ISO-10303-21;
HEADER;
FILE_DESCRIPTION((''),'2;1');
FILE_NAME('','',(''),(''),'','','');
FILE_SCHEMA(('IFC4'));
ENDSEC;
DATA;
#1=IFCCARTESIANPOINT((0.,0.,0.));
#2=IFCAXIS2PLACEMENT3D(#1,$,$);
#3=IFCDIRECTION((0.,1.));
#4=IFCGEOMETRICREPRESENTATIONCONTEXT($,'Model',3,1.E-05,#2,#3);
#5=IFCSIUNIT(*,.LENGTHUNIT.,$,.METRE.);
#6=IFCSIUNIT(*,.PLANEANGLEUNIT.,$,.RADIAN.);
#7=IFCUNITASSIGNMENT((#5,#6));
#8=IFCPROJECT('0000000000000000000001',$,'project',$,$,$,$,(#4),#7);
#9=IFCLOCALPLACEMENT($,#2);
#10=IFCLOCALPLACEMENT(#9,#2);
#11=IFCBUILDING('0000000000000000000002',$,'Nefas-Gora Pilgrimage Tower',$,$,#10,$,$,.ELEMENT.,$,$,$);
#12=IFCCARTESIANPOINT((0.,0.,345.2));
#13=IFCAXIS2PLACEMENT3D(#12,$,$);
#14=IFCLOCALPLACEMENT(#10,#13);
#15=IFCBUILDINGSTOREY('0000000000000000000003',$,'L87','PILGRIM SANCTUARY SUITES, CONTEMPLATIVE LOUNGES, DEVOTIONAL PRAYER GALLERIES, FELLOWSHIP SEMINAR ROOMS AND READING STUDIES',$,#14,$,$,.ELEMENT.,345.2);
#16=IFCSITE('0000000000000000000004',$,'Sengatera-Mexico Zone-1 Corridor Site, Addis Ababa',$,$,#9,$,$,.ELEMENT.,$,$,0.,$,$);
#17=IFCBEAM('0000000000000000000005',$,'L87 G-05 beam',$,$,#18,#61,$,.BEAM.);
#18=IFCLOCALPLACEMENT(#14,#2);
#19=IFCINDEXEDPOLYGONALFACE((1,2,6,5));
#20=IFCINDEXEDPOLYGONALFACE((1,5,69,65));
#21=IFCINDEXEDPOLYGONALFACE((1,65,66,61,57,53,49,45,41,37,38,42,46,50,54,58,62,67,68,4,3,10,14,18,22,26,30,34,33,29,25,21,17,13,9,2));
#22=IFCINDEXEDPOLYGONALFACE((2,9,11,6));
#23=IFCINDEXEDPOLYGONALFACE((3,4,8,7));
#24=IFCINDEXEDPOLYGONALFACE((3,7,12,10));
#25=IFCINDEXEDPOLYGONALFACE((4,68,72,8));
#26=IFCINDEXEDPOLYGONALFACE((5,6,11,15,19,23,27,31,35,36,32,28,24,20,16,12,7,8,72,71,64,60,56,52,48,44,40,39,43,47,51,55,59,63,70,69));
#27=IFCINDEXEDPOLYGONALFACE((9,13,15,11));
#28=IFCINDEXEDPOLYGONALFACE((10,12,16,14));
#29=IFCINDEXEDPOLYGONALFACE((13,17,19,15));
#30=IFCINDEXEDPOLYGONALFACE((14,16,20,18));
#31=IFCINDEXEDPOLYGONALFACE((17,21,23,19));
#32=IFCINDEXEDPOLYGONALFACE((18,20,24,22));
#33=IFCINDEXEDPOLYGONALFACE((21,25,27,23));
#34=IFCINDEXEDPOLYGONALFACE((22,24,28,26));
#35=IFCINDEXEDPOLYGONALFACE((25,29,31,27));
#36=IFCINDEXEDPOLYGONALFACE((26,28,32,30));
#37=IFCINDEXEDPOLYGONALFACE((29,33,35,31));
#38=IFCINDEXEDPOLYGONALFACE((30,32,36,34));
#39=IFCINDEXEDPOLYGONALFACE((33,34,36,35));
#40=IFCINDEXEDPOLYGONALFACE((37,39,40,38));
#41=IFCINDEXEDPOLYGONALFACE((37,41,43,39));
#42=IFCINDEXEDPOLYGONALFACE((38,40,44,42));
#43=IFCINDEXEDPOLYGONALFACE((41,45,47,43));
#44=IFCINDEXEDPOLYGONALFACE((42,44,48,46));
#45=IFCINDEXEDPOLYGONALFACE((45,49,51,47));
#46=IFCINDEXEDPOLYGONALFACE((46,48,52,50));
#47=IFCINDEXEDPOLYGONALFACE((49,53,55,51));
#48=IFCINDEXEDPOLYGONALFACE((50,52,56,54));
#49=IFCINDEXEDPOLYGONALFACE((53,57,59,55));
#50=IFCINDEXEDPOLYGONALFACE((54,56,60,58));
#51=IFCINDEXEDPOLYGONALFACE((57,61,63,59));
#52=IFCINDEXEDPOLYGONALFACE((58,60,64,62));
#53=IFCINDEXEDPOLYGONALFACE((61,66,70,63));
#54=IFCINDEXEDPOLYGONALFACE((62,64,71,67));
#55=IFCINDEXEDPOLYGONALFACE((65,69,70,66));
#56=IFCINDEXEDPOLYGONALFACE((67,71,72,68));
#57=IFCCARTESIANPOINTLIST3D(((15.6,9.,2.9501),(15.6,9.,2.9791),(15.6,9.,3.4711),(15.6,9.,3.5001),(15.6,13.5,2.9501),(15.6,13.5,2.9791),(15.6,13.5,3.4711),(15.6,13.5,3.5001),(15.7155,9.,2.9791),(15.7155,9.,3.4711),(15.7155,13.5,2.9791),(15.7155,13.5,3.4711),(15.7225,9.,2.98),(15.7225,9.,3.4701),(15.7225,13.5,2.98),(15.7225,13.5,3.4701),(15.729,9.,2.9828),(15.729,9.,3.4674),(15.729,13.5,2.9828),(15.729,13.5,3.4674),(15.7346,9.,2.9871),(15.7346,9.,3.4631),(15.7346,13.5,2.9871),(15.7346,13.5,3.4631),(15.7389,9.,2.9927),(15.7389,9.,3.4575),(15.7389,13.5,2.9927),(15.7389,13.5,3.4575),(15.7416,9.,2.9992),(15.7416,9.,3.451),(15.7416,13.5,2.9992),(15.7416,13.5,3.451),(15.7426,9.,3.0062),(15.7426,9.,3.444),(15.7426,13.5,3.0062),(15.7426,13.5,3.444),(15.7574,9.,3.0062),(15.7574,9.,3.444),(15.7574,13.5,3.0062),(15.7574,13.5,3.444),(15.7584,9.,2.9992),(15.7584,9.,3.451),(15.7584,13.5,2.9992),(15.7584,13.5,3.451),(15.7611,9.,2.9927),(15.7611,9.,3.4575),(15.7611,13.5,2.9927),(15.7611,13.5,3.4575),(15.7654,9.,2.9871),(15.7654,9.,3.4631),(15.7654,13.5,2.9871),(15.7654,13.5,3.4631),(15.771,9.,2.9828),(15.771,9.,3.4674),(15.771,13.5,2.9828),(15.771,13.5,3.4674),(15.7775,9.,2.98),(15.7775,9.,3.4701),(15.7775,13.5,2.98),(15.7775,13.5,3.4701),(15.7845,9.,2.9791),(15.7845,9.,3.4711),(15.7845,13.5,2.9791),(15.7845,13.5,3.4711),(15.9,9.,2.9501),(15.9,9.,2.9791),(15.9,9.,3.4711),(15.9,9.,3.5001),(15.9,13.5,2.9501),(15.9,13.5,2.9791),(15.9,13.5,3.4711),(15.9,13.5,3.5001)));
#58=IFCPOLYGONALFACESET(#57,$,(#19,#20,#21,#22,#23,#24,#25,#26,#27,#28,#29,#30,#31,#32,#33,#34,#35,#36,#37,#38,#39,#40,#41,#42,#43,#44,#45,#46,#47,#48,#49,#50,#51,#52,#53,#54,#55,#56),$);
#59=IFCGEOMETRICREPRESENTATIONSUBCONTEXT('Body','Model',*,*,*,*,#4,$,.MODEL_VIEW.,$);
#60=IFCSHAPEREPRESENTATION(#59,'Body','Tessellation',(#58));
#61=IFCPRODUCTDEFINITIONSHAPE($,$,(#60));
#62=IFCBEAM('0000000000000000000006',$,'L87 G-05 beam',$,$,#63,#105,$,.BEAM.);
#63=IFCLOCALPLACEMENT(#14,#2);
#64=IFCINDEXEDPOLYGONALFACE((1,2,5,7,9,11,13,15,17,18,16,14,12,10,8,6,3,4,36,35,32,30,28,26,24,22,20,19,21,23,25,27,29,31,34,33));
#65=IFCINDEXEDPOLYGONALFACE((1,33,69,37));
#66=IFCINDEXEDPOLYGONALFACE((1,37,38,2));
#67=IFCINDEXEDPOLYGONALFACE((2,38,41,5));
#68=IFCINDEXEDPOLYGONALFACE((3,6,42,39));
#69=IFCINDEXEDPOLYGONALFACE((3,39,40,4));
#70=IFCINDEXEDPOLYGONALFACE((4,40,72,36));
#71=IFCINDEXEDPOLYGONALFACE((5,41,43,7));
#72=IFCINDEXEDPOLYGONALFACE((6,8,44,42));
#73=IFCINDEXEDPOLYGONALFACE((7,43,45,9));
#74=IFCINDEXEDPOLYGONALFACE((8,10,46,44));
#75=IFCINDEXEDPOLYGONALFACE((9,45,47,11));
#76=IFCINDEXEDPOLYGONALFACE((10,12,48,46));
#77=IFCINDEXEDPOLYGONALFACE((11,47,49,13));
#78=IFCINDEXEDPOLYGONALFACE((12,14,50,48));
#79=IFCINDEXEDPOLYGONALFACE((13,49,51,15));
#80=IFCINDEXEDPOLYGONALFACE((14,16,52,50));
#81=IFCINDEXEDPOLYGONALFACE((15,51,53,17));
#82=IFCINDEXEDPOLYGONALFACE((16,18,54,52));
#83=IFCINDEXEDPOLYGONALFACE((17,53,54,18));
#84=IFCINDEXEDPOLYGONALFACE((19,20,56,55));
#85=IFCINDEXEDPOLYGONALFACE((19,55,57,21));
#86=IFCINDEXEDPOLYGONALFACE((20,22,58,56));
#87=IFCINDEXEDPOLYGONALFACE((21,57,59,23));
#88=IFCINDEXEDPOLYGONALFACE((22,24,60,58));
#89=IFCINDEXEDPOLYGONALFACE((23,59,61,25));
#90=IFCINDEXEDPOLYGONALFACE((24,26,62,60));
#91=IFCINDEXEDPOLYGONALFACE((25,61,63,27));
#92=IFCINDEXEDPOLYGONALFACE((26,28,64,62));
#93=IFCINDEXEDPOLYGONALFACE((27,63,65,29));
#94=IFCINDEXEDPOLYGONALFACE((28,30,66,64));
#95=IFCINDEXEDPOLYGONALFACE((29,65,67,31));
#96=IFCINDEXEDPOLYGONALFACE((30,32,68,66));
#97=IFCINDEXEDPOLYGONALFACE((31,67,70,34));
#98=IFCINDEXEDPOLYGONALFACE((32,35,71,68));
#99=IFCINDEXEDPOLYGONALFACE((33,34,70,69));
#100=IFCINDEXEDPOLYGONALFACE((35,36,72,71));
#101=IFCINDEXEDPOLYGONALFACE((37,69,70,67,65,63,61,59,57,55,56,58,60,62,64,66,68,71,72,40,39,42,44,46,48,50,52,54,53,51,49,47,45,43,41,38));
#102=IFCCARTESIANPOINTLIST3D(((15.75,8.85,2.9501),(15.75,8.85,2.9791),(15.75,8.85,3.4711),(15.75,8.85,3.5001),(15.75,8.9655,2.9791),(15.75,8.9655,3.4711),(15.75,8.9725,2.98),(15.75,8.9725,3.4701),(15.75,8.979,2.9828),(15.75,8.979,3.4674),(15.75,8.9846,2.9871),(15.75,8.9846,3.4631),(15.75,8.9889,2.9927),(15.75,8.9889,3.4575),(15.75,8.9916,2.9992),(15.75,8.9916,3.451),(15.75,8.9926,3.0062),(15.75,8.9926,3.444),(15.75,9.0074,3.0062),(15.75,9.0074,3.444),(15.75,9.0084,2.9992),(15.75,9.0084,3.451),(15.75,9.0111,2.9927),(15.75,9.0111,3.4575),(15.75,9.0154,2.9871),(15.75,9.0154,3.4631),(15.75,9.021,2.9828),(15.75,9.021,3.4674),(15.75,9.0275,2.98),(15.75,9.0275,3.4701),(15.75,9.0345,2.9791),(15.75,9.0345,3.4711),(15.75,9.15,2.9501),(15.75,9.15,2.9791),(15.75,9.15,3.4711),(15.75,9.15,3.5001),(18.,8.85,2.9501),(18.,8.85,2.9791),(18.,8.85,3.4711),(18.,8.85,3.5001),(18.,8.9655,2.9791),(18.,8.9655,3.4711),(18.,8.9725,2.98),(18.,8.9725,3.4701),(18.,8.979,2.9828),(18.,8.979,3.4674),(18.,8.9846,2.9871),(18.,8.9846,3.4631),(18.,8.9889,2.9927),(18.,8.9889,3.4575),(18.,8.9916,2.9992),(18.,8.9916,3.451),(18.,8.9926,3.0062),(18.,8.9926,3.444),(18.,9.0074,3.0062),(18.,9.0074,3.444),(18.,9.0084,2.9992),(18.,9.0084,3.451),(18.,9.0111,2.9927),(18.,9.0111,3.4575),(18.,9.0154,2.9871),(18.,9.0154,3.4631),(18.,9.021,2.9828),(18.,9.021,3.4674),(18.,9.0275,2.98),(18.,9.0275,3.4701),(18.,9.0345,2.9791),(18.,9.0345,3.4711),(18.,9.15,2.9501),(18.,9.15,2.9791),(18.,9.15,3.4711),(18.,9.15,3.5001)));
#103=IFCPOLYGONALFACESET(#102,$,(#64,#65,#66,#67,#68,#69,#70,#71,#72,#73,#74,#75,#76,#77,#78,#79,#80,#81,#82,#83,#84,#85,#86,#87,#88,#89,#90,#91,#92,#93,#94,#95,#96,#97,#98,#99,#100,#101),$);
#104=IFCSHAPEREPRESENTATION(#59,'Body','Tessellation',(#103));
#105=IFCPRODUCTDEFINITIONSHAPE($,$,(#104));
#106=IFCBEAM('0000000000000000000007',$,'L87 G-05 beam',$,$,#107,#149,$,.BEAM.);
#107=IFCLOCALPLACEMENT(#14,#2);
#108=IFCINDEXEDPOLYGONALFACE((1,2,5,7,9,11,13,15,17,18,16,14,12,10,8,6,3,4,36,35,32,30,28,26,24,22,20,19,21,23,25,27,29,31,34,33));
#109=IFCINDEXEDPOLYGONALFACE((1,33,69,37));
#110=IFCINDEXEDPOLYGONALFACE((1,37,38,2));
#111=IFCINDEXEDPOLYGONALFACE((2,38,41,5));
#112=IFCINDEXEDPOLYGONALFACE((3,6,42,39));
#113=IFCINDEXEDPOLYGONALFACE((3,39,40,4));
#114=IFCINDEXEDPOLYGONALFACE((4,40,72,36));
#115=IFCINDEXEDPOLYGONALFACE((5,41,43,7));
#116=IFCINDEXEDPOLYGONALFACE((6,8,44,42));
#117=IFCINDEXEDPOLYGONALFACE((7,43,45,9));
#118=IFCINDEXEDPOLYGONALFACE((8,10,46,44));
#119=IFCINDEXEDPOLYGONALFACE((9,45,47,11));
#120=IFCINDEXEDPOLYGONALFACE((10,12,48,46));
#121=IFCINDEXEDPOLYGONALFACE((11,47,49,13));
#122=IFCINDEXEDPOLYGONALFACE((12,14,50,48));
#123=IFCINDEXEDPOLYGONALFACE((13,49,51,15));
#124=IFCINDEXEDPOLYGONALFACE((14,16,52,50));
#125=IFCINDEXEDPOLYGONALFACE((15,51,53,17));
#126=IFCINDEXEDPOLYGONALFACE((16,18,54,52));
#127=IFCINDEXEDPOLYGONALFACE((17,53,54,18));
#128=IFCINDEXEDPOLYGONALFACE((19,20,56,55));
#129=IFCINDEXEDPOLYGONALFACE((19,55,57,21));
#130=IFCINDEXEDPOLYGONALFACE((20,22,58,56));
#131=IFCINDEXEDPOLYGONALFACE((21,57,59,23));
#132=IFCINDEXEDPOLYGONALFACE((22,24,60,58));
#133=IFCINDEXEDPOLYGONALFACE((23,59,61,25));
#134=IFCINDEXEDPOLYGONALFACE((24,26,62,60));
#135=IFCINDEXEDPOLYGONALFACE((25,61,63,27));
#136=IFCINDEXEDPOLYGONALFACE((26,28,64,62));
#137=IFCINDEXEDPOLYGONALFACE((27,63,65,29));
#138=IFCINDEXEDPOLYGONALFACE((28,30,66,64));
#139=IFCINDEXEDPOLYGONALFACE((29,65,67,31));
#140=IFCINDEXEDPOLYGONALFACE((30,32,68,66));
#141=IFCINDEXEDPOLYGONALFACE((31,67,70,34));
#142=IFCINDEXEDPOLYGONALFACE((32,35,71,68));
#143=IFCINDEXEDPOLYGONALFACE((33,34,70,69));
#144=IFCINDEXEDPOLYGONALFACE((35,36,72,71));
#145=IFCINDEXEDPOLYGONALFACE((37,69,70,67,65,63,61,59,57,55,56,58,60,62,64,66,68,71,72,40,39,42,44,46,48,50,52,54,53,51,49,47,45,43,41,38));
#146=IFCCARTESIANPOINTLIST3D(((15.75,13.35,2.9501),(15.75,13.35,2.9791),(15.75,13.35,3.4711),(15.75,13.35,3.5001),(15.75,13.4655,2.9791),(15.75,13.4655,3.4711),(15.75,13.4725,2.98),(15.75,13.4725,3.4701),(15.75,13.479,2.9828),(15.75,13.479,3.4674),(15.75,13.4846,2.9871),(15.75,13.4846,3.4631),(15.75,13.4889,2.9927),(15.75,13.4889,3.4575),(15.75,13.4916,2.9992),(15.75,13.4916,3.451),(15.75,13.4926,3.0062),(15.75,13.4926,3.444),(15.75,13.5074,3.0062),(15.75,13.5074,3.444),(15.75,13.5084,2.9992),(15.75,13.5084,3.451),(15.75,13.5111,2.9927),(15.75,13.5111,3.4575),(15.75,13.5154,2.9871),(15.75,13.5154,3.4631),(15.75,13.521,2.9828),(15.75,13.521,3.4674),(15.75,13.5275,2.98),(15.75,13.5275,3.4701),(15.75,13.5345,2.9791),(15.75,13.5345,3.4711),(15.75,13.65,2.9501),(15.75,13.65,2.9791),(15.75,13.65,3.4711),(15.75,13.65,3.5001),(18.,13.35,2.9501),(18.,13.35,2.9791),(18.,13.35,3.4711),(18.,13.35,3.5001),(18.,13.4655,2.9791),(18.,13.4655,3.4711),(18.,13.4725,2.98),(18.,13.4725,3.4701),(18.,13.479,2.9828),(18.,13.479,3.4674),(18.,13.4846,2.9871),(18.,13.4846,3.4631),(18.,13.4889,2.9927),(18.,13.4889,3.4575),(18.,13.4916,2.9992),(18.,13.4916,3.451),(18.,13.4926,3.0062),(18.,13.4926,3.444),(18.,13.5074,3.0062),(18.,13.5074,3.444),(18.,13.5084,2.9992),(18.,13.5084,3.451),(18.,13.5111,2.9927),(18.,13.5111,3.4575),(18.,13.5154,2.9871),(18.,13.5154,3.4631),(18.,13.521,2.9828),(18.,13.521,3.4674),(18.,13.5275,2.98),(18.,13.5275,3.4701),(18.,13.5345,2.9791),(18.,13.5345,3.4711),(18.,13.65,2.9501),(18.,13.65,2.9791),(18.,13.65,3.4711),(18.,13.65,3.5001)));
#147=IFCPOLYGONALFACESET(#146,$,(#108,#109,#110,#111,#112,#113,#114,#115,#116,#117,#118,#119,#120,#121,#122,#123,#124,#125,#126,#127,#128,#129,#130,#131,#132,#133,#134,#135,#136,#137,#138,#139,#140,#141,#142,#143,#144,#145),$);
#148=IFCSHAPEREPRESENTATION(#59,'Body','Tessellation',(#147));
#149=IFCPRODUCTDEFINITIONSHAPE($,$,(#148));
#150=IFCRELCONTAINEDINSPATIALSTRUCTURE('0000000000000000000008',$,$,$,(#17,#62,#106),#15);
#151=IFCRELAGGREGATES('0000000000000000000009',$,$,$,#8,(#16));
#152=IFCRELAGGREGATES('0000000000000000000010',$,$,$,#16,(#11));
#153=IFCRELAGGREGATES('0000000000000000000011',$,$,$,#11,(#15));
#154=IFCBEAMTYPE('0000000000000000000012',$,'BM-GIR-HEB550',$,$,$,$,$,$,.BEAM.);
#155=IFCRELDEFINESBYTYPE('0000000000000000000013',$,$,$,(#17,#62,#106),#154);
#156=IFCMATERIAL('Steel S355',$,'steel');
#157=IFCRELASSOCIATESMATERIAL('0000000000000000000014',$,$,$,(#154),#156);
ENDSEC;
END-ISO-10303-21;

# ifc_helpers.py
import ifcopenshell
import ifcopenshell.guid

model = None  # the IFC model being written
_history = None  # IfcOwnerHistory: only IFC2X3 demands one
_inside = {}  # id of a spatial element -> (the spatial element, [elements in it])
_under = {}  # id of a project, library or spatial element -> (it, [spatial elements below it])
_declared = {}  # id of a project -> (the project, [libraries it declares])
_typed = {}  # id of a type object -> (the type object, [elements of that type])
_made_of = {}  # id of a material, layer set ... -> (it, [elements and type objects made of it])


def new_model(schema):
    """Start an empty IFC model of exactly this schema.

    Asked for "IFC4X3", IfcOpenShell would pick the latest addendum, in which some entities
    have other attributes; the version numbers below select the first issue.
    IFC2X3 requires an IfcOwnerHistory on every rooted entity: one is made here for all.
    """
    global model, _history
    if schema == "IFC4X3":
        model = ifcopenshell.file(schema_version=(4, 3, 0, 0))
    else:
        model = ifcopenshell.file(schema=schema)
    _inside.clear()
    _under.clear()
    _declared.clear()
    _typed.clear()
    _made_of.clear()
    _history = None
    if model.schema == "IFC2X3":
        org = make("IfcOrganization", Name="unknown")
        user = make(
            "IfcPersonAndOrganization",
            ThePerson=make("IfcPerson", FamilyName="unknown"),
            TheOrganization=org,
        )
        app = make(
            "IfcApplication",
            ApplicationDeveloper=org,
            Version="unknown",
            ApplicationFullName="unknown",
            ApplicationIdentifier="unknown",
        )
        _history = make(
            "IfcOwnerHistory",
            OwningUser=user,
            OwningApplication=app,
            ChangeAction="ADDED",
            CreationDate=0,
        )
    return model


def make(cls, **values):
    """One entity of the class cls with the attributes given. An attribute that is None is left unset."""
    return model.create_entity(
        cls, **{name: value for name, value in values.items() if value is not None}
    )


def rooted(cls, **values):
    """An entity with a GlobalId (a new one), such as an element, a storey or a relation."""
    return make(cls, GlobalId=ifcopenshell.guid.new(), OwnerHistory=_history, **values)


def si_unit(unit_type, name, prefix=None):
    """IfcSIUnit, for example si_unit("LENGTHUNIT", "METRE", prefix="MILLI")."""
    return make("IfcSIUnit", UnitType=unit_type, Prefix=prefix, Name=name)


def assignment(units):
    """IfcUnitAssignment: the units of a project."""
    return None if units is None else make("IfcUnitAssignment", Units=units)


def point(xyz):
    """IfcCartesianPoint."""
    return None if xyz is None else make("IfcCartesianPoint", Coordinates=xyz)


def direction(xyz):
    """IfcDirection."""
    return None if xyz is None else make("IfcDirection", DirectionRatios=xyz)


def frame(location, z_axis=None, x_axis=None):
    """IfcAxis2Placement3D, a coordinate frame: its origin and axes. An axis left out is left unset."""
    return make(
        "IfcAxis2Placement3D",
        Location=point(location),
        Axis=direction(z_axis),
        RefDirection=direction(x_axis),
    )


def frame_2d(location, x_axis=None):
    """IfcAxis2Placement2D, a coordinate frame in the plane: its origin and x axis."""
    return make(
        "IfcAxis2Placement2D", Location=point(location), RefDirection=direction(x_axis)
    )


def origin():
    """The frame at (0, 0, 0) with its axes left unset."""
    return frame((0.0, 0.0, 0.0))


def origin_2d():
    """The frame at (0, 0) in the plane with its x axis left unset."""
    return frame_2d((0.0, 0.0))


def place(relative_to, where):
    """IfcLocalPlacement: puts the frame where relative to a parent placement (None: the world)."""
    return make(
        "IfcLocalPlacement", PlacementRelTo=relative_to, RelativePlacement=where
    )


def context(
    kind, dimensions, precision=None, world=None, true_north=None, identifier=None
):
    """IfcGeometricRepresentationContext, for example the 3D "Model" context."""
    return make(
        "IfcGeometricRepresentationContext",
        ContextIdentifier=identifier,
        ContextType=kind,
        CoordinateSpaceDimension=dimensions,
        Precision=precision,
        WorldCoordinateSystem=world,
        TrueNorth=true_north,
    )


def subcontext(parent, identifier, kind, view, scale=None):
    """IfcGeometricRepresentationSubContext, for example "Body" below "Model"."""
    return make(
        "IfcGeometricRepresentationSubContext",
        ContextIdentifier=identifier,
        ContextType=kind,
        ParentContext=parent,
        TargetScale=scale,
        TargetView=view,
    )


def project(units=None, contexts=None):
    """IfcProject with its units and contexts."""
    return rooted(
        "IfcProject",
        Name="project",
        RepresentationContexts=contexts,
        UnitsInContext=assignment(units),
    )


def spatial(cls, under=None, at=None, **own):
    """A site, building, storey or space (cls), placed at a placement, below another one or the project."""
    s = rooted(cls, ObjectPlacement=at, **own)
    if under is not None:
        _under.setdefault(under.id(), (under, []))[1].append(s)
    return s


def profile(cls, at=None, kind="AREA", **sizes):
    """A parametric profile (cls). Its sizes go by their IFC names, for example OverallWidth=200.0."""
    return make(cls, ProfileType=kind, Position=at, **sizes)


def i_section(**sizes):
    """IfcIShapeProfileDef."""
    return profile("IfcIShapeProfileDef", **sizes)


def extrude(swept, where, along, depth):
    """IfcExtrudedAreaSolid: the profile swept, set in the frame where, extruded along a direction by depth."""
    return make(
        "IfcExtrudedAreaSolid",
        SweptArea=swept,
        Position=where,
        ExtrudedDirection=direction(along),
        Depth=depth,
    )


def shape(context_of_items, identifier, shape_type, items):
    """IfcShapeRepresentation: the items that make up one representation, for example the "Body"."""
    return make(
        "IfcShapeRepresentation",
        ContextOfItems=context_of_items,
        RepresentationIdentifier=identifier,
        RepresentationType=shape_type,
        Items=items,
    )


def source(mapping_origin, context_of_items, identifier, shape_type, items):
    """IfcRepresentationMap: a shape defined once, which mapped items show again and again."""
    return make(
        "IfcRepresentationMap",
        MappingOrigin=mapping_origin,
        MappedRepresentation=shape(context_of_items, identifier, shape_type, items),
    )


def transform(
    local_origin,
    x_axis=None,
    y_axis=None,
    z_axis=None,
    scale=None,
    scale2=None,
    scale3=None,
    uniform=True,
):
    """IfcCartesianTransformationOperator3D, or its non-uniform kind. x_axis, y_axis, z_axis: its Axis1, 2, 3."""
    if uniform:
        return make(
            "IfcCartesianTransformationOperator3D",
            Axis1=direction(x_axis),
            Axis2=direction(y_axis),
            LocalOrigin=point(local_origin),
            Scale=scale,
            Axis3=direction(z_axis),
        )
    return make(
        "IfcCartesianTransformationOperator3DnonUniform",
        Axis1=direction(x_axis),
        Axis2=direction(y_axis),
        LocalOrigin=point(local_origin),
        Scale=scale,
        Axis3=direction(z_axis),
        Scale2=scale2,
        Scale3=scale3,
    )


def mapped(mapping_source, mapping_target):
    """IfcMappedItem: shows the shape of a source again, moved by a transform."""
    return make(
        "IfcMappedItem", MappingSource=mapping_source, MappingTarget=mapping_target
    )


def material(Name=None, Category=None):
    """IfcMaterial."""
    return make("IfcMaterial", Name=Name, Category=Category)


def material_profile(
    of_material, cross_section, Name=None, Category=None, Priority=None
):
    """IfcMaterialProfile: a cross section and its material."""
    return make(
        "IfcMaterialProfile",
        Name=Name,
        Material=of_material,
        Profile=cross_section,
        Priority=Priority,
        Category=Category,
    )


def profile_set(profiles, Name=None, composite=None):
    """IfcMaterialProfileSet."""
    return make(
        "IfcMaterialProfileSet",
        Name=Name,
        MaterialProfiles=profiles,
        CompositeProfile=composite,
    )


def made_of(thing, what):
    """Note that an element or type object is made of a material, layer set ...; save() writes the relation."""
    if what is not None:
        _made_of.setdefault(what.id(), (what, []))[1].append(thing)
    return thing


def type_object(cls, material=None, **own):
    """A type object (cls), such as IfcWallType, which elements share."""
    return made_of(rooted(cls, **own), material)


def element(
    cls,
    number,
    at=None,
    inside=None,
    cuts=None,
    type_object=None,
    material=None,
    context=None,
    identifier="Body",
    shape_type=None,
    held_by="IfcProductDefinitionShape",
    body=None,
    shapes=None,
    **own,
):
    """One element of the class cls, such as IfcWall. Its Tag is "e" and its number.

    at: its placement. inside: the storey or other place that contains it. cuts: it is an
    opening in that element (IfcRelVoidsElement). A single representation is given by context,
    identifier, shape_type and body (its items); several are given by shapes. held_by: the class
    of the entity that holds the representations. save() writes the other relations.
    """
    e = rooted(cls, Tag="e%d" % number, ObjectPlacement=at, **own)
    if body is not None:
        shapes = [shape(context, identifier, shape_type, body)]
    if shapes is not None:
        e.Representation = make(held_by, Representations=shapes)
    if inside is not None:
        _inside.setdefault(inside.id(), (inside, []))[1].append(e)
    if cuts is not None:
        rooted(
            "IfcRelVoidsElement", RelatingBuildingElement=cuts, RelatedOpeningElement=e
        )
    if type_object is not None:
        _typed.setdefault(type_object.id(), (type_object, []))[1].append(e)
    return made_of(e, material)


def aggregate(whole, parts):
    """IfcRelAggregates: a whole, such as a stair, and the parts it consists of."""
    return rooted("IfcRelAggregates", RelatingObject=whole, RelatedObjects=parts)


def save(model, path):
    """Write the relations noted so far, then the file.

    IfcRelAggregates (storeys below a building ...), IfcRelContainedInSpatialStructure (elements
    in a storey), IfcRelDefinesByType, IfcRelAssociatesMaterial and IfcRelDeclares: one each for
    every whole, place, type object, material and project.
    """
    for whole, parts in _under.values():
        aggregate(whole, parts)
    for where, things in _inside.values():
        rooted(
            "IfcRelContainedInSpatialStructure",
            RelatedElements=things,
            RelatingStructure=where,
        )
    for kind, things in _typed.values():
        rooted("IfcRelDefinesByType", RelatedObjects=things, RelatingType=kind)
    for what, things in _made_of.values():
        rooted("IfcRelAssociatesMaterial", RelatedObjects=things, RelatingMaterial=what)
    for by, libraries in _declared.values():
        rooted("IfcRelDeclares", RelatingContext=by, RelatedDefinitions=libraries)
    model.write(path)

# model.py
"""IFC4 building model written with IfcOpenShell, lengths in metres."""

from ifc_helpers import new_model, si_unit, direction, frame, origin, origin_2d, place, context, subcontext, project, spatial, i_section, extrude, source, transform, mapped, material, material_profile, profile_set, type_object, element, save


model = new_model("IFC4")

# Units and contexts
model_context = context("Model", 3, precision=1e-05, world=origin(), true_north=direction((0.0, 1.0)))
body_context = subcontext(model_context, "Body", "Model", "MODEL_VIEW")
ifc_project = project(units=[si_unit("LENGTHUNIT", "METRE"), si_unit("PLANEANGLEUNIT", "RADIAN")], contexts=[model_context])

# Site, building, storey
site_placement = place(None, origin())
site = spatial("IfcSite", under=ifc_project, at=site_placement, Name="Sengatera-Mexico Zone-1 Corridor Site, Addis Ababa", CompositionType="ELEMENT", RefElevation=0.0)
building_placement = place(site_placement, origin())
building = spatial("IfcBuilding", under=site, at=building_placement, Name="Nefas-Gora Pilgrimage Tower", CompositionType="ELEMENT")
storey_placement = place(building_placement, frame((0.0, 0.0, 345.2)))
storey = spatial("IfcBuildingStorey", under=building, at=storey_placement, Name="L87", Description="PILGRIM SANCTUARY SUITES, CONTEMPLATIVE LOUNGES, DEVOTIONAL PRAYER GALLERIES, FELLOWSHIP SEMINAR ROOMS AND READING STUDIES", CompositionType="ELEMENT", Elevation=345.2)

# Shared definitions
ifc_material_1 = material(Name="Steel S355", Category="steel")

# Beams
ifc_material_profile_1 = material_profile(ifc_material_1, i_section(OverallWidth=0.3, OverallDepth=0.55, WebThickness=0.0149, FlangeThickness=0.0291, FilletRadius=0.0271, at=origin_2d()), Name="HEB 550")
ifc_profile_set_1 = profile_set([ifc_material_profile_1], Name="Steel S355")
beam_type_1 = type_object("IfcBeamType", Name="BM-GIR-HEB550", PredefinedType="BEAM", material=ifc_profile_set_1)
shared_shape_1 = source(origin(), body_context, "Body", "SweptSolid", [
    extrude(i_section(OverallWidth=0.3, OverallDepth=0.55, WebThickness=0.0149, FlangeThickness=0.0291, FilletRadius=0.0271, at=origin_2d()), origin(), (0.0, 0.0, 1.0), 4.5),
])
for number, where, z_axis, x_axis, name in (
    (1, (15.75, 9.0, 3.2251), (0.0, 1.0, 0.0), (-1.0, 0.0, 0.0), "L87 G-05 beam"),
):
    element("IfcBeam", number, at=place(storey_placement, frame(where, z_axis=z_axis, x_axis=x_axis)), inside=storey, type_object=beam_type_1, Name=name, PredefinedType="BEAM", context=body_context, shape_type="MappedRepresentation", body=[
        mapped(shared_shape_1, transform((0.0, 0.0, 0.0), x_axis=(1.0, 0.0, 0.0), y_axis=(0.0, 1.0, 0.0), z_axis=(0.0, 0.0, 1.0), scale=1.0)),
    ])
shared_shape_2 = source(origin(), body_context, "Body", "SweptSolid", [
    extrude(i_section(OverallWidth=0.3, OverallDepth=0.55, WebThickness=0.0149, FlangeThickness=0.0291, FilletRadius=0.0271, at=origin_2d()), origin(), (0.0, 0.0, 1.0), 2.25),
])
for number, where, z_axis, x_axis, name in (
    (2, (15.75, 9.0, 3.2251), (1.0, 0.0, 0.0), (0.0, 1.0, 0.0), "L87 G-05 beam"),
    (3, (15.75, 13.5, 3.2251), (1.0, 0.0, 0.0), (0.0, 1.0, 0.0), "L87 G-05 beam"),
):
    element("IfcBeam", number, at=place(storey_placement, frame(where, z_axis=z_axis, x_axis=x_axis)), inside=storey, type_object=beam_type_1, Name=name, PredefinedType="BEAM", context=body_context, shape_type="MappedRepresentation", body=[
        mapped(shared_shape_2, transform((0.0, 0.0, 0.0), x_axis=(1.0, 0.0, 0.0), y_axis=(0.0, 1.0, 0.0), z_axis=(0.0, 0.0, 1.0), scale=1.0)),
    ])

save(model, "model.ifc")
